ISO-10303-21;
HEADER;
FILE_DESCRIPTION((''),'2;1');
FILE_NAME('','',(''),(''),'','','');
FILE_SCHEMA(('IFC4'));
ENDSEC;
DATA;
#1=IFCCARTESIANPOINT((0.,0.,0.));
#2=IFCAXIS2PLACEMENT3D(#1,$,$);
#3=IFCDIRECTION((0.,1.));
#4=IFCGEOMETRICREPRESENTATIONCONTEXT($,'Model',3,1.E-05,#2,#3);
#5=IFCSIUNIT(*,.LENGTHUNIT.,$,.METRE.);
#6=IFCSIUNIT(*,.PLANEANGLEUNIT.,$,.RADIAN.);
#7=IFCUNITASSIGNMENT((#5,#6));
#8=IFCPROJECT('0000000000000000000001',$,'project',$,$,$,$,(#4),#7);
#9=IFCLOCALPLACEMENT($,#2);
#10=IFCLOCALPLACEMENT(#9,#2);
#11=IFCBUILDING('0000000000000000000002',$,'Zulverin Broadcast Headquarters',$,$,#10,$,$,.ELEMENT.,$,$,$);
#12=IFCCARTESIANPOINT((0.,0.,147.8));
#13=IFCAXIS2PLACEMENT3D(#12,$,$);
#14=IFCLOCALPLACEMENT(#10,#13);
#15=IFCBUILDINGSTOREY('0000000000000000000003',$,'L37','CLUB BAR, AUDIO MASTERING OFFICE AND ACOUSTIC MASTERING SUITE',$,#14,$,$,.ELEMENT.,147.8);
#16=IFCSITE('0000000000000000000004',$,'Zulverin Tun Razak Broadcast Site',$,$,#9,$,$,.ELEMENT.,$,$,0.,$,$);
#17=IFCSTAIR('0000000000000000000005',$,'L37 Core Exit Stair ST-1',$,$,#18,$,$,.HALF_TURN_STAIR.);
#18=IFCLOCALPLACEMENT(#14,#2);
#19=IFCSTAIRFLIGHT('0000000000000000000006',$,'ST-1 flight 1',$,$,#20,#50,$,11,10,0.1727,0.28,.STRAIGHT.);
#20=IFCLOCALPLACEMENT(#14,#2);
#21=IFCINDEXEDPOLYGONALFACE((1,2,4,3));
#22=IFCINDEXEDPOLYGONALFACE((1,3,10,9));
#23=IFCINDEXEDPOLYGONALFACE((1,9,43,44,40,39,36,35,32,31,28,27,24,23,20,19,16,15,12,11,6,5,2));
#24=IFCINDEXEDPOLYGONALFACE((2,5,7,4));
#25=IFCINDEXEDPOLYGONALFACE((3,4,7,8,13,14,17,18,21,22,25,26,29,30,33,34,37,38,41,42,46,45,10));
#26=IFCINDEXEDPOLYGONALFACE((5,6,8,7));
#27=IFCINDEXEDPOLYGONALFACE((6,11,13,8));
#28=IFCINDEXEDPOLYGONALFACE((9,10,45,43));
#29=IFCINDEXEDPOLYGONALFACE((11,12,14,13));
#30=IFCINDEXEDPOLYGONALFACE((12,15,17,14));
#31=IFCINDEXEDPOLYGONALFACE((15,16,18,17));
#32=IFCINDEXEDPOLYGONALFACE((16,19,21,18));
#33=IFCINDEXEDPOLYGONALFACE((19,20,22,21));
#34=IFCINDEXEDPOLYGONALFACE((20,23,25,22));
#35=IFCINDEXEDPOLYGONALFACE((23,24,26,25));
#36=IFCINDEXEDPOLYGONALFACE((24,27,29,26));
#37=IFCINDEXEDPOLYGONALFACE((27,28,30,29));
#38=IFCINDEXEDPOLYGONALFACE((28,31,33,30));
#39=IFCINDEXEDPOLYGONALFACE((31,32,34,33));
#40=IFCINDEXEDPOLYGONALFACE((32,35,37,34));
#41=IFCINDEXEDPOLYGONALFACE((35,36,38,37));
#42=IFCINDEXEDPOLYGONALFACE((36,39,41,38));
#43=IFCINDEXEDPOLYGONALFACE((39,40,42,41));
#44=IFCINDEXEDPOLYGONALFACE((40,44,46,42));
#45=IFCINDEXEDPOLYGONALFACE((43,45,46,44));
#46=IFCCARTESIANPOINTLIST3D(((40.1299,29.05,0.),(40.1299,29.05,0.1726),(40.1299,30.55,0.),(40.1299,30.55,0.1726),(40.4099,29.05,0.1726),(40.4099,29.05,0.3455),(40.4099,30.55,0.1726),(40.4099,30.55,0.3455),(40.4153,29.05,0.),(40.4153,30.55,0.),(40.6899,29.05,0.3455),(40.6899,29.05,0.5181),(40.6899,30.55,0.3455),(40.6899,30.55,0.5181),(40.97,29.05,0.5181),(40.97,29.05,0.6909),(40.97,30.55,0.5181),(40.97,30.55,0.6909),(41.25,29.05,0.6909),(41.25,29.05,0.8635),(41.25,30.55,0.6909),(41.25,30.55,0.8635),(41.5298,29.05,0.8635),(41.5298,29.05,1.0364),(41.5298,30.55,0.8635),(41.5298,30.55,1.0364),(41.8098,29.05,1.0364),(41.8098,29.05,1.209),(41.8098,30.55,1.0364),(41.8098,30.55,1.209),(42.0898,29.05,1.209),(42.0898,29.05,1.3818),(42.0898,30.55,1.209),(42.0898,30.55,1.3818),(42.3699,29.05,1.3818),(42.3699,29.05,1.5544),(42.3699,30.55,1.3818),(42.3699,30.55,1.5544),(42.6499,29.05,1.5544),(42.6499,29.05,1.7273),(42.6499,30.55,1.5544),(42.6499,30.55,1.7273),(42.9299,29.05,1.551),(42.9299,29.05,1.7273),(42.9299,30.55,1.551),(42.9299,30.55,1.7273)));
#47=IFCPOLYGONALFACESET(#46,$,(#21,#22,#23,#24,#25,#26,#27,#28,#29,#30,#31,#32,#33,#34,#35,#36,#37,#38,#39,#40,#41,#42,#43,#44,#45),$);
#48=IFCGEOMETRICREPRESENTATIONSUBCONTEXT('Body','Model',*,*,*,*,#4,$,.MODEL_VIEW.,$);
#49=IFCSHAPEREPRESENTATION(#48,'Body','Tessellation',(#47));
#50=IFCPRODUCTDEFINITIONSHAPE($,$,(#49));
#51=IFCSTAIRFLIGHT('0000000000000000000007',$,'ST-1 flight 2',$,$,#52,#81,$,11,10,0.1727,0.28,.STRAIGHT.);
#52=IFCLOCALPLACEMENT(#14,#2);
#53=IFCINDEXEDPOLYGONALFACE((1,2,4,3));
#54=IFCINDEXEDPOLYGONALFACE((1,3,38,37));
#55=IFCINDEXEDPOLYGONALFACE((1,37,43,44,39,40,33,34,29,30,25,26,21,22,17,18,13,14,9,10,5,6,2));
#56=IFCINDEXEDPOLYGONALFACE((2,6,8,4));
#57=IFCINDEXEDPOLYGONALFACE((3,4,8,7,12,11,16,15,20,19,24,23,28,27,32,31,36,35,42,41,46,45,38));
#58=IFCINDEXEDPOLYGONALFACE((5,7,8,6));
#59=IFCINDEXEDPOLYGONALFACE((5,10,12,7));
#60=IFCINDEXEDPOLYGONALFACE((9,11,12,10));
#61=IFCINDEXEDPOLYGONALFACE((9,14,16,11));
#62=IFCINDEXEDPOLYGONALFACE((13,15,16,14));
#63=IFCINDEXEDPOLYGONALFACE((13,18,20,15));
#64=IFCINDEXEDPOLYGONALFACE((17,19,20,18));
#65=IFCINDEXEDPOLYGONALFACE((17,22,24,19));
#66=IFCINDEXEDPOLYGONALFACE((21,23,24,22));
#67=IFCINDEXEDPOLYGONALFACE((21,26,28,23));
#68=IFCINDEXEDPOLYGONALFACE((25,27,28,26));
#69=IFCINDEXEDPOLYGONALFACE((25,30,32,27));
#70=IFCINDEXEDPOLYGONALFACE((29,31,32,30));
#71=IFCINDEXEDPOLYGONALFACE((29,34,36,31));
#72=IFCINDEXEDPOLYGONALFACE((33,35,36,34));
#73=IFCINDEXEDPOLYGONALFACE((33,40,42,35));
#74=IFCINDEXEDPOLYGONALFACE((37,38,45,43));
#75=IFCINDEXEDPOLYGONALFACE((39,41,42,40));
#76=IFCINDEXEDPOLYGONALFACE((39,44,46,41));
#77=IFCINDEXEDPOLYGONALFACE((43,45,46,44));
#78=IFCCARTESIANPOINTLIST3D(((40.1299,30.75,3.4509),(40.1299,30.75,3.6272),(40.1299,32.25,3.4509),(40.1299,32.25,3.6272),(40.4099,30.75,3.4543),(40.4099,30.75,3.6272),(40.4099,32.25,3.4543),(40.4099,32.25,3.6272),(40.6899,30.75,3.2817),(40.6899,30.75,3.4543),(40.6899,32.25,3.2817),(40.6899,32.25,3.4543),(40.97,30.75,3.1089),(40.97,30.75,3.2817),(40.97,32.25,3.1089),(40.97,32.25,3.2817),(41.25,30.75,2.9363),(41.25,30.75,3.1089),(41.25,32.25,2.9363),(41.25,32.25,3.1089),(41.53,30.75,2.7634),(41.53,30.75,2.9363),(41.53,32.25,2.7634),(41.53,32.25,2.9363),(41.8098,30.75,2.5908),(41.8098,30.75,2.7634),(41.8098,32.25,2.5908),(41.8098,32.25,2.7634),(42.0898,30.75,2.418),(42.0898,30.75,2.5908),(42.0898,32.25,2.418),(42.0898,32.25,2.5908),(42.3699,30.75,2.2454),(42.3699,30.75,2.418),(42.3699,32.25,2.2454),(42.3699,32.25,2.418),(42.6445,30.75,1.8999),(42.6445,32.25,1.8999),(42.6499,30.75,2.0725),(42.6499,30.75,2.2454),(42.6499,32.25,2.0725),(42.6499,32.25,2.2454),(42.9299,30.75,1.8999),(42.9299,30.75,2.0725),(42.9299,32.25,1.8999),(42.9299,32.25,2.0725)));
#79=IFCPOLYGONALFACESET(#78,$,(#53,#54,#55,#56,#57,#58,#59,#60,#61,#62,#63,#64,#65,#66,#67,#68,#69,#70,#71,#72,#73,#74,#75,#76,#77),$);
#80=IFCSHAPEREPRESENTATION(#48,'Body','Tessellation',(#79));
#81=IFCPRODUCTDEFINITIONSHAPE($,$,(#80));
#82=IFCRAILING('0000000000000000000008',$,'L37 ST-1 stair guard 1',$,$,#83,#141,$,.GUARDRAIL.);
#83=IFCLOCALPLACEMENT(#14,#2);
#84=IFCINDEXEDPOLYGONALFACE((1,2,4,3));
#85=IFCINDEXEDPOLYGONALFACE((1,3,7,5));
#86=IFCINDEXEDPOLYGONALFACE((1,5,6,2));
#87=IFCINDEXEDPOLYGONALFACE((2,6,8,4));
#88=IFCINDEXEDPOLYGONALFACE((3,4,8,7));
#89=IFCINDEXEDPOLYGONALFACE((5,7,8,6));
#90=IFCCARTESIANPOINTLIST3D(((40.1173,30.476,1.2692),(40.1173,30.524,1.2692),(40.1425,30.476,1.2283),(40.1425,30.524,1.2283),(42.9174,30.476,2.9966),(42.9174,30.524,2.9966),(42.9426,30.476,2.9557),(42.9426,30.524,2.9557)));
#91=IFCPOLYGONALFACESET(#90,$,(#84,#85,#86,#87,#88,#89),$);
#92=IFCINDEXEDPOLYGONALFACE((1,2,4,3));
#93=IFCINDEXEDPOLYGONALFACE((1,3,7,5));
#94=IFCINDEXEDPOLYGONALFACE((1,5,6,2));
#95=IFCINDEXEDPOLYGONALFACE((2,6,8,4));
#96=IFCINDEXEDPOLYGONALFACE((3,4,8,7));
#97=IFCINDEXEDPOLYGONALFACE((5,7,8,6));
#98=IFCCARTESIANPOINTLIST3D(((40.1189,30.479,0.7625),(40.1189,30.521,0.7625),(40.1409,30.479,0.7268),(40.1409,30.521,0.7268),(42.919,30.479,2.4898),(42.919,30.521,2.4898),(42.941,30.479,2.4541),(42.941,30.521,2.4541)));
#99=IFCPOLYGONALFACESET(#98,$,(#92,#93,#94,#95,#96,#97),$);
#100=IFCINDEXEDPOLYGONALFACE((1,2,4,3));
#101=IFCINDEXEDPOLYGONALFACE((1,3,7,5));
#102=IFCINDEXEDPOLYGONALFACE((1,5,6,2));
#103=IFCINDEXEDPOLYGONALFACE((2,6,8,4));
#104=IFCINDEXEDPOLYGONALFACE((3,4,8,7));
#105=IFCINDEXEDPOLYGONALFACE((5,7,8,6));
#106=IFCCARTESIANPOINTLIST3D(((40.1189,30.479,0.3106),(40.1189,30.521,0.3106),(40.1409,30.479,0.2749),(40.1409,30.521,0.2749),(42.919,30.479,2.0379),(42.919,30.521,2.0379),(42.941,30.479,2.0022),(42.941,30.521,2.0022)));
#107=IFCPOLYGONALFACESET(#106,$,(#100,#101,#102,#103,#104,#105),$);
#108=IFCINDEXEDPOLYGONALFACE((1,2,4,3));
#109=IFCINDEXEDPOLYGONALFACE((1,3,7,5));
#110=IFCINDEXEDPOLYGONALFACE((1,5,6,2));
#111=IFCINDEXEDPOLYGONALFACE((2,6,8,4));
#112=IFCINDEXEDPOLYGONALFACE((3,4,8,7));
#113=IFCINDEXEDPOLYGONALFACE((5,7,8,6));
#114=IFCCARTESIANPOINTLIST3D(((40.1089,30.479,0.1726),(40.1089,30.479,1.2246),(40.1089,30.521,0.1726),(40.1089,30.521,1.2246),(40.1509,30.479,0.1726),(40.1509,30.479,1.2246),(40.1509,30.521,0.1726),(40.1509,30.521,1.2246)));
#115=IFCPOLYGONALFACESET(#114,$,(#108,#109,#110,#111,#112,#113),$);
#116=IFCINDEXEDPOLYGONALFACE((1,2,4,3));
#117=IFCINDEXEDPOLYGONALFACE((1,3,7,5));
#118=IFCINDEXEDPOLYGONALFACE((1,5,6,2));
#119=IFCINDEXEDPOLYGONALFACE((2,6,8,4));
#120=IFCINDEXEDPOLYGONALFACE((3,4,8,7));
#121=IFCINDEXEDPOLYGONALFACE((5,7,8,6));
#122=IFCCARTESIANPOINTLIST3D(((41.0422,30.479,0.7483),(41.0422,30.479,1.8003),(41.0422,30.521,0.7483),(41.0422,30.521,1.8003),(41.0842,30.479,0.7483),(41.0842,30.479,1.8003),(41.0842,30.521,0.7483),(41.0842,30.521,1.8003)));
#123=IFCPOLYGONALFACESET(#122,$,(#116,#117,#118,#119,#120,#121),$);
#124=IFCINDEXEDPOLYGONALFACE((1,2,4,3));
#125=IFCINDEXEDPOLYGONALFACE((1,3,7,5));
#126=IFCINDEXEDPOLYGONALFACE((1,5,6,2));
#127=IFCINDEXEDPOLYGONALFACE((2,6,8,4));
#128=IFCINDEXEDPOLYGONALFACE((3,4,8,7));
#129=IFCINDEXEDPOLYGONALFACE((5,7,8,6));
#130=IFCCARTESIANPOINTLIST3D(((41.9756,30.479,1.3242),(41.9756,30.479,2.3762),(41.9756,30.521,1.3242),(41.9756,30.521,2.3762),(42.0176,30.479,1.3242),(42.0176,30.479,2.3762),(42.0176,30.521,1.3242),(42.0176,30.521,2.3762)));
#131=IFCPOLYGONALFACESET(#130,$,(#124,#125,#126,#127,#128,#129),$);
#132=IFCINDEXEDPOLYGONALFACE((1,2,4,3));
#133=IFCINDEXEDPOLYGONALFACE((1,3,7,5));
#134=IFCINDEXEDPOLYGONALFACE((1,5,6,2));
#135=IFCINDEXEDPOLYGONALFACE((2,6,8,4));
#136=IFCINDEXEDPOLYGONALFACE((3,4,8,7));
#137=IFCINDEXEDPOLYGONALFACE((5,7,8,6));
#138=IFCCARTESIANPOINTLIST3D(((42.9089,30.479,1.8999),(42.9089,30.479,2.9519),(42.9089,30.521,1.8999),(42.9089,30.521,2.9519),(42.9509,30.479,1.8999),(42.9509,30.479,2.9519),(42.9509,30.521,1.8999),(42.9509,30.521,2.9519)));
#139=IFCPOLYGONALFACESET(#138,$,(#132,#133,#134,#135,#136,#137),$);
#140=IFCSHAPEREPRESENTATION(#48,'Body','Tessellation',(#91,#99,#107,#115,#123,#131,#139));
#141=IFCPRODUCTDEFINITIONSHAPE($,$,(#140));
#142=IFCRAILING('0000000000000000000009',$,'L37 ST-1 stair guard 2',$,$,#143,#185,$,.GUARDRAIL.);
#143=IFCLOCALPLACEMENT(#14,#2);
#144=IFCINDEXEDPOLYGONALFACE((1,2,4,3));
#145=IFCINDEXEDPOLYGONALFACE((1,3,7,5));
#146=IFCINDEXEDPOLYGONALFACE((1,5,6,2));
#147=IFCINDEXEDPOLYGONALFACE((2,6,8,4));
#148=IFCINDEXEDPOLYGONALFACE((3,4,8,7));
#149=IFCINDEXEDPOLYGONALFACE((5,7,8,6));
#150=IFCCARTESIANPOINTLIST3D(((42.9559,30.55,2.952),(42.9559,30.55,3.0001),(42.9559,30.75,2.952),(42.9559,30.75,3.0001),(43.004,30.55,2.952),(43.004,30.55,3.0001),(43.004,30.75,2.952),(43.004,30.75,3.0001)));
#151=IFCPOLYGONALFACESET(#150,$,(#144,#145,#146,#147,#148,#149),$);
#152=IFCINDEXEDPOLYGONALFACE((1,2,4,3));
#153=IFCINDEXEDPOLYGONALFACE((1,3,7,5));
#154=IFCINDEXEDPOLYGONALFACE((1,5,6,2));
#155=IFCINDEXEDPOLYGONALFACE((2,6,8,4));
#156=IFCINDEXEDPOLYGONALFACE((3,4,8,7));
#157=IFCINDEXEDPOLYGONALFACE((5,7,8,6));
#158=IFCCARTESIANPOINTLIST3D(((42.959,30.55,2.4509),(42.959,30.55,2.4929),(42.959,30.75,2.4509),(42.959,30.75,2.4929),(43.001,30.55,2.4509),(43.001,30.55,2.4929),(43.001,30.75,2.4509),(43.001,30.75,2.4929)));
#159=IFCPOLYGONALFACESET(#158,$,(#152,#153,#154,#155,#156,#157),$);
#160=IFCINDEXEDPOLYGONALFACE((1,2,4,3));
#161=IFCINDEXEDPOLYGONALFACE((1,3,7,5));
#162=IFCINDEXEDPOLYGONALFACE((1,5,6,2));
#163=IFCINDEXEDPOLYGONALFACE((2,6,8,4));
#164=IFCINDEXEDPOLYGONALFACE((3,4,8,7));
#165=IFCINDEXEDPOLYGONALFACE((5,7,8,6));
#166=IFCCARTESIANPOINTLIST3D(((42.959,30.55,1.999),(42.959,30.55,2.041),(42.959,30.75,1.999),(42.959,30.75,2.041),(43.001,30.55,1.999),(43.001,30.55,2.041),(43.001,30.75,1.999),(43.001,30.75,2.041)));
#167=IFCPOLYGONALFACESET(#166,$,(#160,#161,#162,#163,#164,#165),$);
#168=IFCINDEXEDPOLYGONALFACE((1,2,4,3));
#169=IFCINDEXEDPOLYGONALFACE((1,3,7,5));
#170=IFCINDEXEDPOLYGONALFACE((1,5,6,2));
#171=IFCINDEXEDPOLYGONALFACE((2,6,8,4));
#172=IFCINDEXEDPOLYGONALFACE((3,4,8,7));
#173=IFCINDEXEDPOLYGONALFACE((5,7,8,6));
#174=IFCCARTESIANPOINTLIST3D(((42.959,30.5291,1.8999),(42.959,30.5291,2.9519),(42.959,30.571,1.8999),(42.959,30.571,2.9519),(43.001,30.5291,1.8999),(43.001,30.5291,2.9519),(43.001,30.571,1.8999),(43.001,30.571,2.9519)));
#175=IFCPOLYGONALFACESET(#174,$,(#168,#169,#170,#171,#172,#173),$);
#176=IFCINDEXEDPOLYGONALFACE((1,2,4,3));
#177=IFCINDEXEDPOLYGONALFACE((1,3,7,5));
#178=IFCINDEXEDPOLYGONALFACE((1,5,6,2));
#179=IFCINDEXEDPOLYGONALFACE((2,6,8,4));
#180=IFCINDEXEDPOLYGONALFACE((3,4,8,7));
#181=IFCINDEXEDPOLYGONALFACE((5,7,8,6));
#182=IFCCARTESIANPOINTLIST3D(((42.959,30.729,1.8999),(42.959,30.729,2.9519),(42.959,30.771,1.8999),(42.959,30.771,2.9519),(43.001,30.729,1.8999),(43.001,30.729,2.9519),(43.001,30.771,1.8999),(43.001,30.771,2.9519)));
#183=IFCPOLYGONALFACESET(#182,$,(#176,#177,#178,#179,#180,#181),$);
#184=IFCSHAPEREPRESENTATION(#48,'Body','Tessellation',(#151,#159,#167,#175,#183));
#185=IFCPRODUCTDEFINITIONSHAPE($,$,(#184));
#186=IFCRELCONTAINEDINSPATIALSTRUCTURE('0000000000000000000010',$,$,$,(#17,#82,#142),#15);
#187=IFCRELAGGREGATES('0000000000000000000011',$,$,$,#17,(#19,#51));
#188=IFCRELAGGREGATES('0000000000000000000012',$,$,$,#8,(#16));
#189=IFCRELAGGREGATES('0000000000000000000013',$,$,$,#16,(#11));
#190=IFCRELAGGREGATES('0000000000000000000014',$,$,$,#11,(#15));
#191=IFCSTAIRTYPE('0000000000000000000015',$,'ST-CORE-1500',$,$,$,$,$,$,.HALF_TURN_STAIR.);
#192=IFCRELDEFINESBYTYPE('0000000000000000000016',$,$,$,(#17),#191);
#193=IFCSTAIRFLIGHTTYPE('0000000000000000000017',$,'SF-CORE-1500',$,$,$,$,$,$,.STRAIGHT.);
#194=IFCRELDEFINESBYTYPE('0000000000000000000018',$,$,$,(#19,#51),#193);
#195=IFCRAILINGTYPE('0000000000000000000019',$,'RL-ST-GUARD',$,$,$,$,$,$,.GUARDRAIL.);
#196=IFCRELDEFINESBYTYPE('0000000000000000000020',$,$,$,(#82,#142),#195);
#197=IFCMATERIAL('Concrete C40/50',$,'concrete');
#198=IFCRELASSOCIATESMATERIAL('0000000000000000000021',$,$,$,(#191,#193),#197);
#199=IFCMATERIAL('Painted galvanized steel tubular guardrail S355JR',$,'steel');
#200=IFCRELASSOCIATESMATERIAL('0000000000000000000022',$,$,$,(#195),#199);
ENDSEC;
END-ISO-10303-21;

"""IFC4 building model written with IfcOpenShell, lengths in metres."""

from ifc_helpers import new_model, si_unit, direction, frame, origin, origin_2d, place, context, subcontext, project, spatial, polyline, rectangle, outline, extrude, material, type_object, element, aggregate, save


model = new_model("IFC4")

# Units and contexts
model_context = context("Model", 3, precision=1e-05, world=origin(), true_north=direction((0.0, 1.0)))
body_context = subcontext(model_context, "Body", "Model", "MODEL_VIEW")
ifc_project = project(units=[si_unit("LENGTHUNIT", "METRE"), si_unit("PLANEANGLEUNIT", "RADIAN")], contexts=[model_context])

# Site, building, storey
site_placement = place(None, origin())
site = spatial("IfcSite", under=ifc_project, at=site_placement, Name="Zulverin Tun Razak Broadcast Site", CompositionType="ELEMENT", RefElevation=0.0)
building_placement = place(site_placement, origin())
building = spatial("IfcBuilding", under=site, at=building_placement, Name="Zulverin Broadcast Headquarters", CompositionType="ELEMENT")
storey_placement = place(building_placement, frame((0.0, 0.0, 147.8)))
storey = spatial("IfcBuildingStorey", under=building, at=storey_placement, Name="L37", Description="CLUB BAR, AUDIO MASTERING OFFICE AND ACOUSTIC MASTERING SUITE", CompositionType="ELEMENT", Elevation=147.8)

# Shared definitions
ifc_material_1 = material(Name="Concrete C40/50", Category="concrete")

# Stair, stair flights
stair_type = type_object("IfcStairType", Name="ST-CORE-1500", PredefinedType="HALF_TURN_STAIR", material=ifc_material_1)
stair_placement = place(storey_placement, origin())
stair = element("IfcStair", 1, at=stair_placement, inside=storey, type_object=stair_type, Name="L37 Core Exit Stair ST-1", PredefinedType="HALF_TURN_STAIR")
stair_flight_type = type_object("IfcStairFlightType", Name="SF-CORE-1500", PredefinedType="STRAIGHT", material=ifc_material_1)
stair_flight_1_placement = place(storey_placement, frame((40.1299, 29.8, 0.0), z_axis=(0.0, 0.0, 1.0), x_axis=(1.0, 0.0, 0.0)))
stair_flight_1 = element("IfcStairFlight", 2, at=stair_flight_1_placement, type_object=stair_flight_type, Name="ST-1 flight 1", NumberOfRisers=11, NumberOfTreads=10, PredefinedType="STRAIGHT", RiserHeight=0.1727, TreadLength=0.28, context=body_context, shape_type="SweptSolid", body=[
    extrude(outline(polyline([(0.0, 0.0), (0.0, 0.1726), (0.28, 0.1726), (0.28, 0.3455), (0.5601, 0.3455), (0.5601, 0.5181), (0.8401, 0.5181), (0.8401, 0.6909), (1.1201, 0.6909), (1.1201, 0.8635), (1.3999, 0.8635), (1.3999, 1.0364), (1.6799, 1.0364), (1.6799, 1.209), (1.96, 1.209), (1.96, 1.3818), (2.24, 1.3818), (2.24, 1.5544), (2.52, 1.5544), (2.52, 1.7273), (2.8, 1.7273), (2.8, 1.8999), (2.8, 1.551), (0.2854, 0.0), (0.0, 0.0)])), frame((0.0, 0.75, 0.0), z_axis=(0.0, -1.0, 0.0), x_axis=(1.0, 0.0, 0.0)), (0.0, 0.0, 1.0), 1.5),
])
stair_flight_2_placement = place(storey_placement, frame((42.9299, 31.5, 1.8999), z_axis=(0.0, 0.0, 1.0), x_axis=(-1.0, 0.0, 0.0)))
stair_flight_2 = element("IfcStairFlight", 3, at=stair_flight_2_placement, type_object=stair_flight_type, Name="ST-1 flight 2", NumberOfRisers=11, NumberOfTreads=10, PredefinedType="STRAIGHT", RiserHeight=0.1727, TreadLength=0.28, context=body_context, shape_type="SweptSolid", body=[
    extrude(outline(polyline([(0.0, 0.0), (0.0, 0.1726), (0.28, 0.1726), (0.28, 0.3455), (0.5601, 0.3455), (0.5601, 0.5181), (0.8401, 0.5181), (0.8401, 0.6909), (1.1201, 0.6909), (1.1201, 0.8635), (1.3999, 0.8635), (1.3999, 1.0364), (1.6799, 1.0364), (1.6799, 1.209), (1.96, 1.209), (1.96, 1.3818), (2.24, 1.3818), (2.24, 1.5544), (2.52, 1.5544), (2.52, 1.7273), (2.8, 1.7273), (2.8, 1.8999), (2.8, 1.551), (0.2854, 0.0), (0.0, 0.0)])), frame((0.0, 0.75, 0.0), z_axis=(0.0, -1.0, 0.0), x_axis=(1.0, 0.0, 0.0)), (0.0, 0.0, 1.0), 1.5),
])
aggregate(stair, [stair_flight_1, stair_flight_2])

# Railings
ifc_material_2 = material(Name="Painted galvanized steel tubular guardrail S355JR", Category="steel")
railing_type_1 = type_object("IfcRailingType", Name="RL-ST-GUARD", PredefinedType="GUARDRAIL", material=ifc_material_2)
railing_1_placement = place(storey_placement, frame((40.1299, 30.5, 0.1726)))
element("IfcRailing", 4, at=railing_1_placement, inside=storey, type_object=railing_type_1, Name="L37 ST-1 stair guard 1", PredefinedType="GUARDRAIL", context=body_context, shape_type="SweptSolid", body=[
    extrude(rectangle(XDim=0.0481, YDim=0.0481, at=origin_2d()), frame((0.0, 0.0, 1.0762), z_axis=(0.85109, 0.0, 0.52502), x_axis=(0.0, 1.0, 0.0)), (0.0, 0.0, 1.0), 3.29),
    extrude(rectangle(XDim=0.042, YDim=0.042, at=origin_2d()), frame((0.0, 0.0, 0.572), z_axis=(0.85109, 0.0, 0.52502), x_axis=(0.0, 1.0, 0.0)), (0.0, 0.0, 1.0), 3.29),
    extrude(rectangle(XDim=0.042, YDim=0.042, at=origin_2d()), frame((0.0, 0.0, 0.1201), z_axis=(0.85109, 0.0, 0.52502), x_axis=(0.0, 1.0, 0.0)), (0.0, 0.0, 1.0), 3.29),
    extrude(rectangle(XDim=0.042, YDim=0.042, at=origin_2d()), origin(), (0.0, 0.0, 1.0), 1.052),
    extrude(rectangle(XDim=0.042, YDim=0.042, at=origin_2d()), frame((0.9333, 0.0, 0.5757)), (0.0, 0.0, 1.0), 1.052),
    extrude(rectangle(XDim=0.042, YDim=0.042, at=origin_2d()), frame((1.8667, 0.0, 1.1516)), (0.0, 0.0, 1.0), 1.052),
    extrude(rectangle(XDim=0.042, YDim=0.042, at=origin_2d()), frame((2.8, 0.0, 1.7273)), (0.0, 0.0, 1.0), 1.052),
])
railing_2_placement = place(storey_placement, frame((42.98, 30.55, 1.8999)))
element("IfcRailing", 5, at=railing_2_placement, inside=storey, type_object=railing_type_1, Name="L37 ST-1 stair guard 2", PredefinedType="GUARDRAIL", context=body_context, shape_type="SweptSolid", body=[
    extrude(rectangle(XDim=0.0481, YDim=0.0481, at=origin_2d()), frame((0.0, 0.0, 1.0762), z_axis=(0.0, 1.0, 0.0), x_axis=(-1.0, 0.0, 0.0)), (0.0, 0.0, 1.0), 0.2),
    extrude(rectangle(XDim=0.042, YDim=0.042, at=origin_2d()), frame((0.0, 0.0, 0.572), z_axis=(0.0, 1.0, 0.0), x_axis=(-1.0, 0.0, 0.0)), (0.0, 0.0, 1.0), 0.2),
    extrude(rectangle(XDim=0.042, YDim=0.042, at=origin_2d()), frame((0.0, 0.0, 0.1201), z_axis=(0.0, 1.0, 0.0), x_axis=(-1.0, 0.0, 0.0)), (0.0, 0.0, 1.0), 0.2),
    extrude(rectangle(XDim=0.042, YDim=0.042, at=origin_2d()), origin(), (0.0, 0.0, 1.0), 1.052),
    extrude(rectangle(XDim=0.042, YDim=0.042, at=origin_2d()), frame((0.0, 0.2, 0.0)), (0.0, 0.0, 1.0), 1.052),
])

save(model, "model.ifc")
